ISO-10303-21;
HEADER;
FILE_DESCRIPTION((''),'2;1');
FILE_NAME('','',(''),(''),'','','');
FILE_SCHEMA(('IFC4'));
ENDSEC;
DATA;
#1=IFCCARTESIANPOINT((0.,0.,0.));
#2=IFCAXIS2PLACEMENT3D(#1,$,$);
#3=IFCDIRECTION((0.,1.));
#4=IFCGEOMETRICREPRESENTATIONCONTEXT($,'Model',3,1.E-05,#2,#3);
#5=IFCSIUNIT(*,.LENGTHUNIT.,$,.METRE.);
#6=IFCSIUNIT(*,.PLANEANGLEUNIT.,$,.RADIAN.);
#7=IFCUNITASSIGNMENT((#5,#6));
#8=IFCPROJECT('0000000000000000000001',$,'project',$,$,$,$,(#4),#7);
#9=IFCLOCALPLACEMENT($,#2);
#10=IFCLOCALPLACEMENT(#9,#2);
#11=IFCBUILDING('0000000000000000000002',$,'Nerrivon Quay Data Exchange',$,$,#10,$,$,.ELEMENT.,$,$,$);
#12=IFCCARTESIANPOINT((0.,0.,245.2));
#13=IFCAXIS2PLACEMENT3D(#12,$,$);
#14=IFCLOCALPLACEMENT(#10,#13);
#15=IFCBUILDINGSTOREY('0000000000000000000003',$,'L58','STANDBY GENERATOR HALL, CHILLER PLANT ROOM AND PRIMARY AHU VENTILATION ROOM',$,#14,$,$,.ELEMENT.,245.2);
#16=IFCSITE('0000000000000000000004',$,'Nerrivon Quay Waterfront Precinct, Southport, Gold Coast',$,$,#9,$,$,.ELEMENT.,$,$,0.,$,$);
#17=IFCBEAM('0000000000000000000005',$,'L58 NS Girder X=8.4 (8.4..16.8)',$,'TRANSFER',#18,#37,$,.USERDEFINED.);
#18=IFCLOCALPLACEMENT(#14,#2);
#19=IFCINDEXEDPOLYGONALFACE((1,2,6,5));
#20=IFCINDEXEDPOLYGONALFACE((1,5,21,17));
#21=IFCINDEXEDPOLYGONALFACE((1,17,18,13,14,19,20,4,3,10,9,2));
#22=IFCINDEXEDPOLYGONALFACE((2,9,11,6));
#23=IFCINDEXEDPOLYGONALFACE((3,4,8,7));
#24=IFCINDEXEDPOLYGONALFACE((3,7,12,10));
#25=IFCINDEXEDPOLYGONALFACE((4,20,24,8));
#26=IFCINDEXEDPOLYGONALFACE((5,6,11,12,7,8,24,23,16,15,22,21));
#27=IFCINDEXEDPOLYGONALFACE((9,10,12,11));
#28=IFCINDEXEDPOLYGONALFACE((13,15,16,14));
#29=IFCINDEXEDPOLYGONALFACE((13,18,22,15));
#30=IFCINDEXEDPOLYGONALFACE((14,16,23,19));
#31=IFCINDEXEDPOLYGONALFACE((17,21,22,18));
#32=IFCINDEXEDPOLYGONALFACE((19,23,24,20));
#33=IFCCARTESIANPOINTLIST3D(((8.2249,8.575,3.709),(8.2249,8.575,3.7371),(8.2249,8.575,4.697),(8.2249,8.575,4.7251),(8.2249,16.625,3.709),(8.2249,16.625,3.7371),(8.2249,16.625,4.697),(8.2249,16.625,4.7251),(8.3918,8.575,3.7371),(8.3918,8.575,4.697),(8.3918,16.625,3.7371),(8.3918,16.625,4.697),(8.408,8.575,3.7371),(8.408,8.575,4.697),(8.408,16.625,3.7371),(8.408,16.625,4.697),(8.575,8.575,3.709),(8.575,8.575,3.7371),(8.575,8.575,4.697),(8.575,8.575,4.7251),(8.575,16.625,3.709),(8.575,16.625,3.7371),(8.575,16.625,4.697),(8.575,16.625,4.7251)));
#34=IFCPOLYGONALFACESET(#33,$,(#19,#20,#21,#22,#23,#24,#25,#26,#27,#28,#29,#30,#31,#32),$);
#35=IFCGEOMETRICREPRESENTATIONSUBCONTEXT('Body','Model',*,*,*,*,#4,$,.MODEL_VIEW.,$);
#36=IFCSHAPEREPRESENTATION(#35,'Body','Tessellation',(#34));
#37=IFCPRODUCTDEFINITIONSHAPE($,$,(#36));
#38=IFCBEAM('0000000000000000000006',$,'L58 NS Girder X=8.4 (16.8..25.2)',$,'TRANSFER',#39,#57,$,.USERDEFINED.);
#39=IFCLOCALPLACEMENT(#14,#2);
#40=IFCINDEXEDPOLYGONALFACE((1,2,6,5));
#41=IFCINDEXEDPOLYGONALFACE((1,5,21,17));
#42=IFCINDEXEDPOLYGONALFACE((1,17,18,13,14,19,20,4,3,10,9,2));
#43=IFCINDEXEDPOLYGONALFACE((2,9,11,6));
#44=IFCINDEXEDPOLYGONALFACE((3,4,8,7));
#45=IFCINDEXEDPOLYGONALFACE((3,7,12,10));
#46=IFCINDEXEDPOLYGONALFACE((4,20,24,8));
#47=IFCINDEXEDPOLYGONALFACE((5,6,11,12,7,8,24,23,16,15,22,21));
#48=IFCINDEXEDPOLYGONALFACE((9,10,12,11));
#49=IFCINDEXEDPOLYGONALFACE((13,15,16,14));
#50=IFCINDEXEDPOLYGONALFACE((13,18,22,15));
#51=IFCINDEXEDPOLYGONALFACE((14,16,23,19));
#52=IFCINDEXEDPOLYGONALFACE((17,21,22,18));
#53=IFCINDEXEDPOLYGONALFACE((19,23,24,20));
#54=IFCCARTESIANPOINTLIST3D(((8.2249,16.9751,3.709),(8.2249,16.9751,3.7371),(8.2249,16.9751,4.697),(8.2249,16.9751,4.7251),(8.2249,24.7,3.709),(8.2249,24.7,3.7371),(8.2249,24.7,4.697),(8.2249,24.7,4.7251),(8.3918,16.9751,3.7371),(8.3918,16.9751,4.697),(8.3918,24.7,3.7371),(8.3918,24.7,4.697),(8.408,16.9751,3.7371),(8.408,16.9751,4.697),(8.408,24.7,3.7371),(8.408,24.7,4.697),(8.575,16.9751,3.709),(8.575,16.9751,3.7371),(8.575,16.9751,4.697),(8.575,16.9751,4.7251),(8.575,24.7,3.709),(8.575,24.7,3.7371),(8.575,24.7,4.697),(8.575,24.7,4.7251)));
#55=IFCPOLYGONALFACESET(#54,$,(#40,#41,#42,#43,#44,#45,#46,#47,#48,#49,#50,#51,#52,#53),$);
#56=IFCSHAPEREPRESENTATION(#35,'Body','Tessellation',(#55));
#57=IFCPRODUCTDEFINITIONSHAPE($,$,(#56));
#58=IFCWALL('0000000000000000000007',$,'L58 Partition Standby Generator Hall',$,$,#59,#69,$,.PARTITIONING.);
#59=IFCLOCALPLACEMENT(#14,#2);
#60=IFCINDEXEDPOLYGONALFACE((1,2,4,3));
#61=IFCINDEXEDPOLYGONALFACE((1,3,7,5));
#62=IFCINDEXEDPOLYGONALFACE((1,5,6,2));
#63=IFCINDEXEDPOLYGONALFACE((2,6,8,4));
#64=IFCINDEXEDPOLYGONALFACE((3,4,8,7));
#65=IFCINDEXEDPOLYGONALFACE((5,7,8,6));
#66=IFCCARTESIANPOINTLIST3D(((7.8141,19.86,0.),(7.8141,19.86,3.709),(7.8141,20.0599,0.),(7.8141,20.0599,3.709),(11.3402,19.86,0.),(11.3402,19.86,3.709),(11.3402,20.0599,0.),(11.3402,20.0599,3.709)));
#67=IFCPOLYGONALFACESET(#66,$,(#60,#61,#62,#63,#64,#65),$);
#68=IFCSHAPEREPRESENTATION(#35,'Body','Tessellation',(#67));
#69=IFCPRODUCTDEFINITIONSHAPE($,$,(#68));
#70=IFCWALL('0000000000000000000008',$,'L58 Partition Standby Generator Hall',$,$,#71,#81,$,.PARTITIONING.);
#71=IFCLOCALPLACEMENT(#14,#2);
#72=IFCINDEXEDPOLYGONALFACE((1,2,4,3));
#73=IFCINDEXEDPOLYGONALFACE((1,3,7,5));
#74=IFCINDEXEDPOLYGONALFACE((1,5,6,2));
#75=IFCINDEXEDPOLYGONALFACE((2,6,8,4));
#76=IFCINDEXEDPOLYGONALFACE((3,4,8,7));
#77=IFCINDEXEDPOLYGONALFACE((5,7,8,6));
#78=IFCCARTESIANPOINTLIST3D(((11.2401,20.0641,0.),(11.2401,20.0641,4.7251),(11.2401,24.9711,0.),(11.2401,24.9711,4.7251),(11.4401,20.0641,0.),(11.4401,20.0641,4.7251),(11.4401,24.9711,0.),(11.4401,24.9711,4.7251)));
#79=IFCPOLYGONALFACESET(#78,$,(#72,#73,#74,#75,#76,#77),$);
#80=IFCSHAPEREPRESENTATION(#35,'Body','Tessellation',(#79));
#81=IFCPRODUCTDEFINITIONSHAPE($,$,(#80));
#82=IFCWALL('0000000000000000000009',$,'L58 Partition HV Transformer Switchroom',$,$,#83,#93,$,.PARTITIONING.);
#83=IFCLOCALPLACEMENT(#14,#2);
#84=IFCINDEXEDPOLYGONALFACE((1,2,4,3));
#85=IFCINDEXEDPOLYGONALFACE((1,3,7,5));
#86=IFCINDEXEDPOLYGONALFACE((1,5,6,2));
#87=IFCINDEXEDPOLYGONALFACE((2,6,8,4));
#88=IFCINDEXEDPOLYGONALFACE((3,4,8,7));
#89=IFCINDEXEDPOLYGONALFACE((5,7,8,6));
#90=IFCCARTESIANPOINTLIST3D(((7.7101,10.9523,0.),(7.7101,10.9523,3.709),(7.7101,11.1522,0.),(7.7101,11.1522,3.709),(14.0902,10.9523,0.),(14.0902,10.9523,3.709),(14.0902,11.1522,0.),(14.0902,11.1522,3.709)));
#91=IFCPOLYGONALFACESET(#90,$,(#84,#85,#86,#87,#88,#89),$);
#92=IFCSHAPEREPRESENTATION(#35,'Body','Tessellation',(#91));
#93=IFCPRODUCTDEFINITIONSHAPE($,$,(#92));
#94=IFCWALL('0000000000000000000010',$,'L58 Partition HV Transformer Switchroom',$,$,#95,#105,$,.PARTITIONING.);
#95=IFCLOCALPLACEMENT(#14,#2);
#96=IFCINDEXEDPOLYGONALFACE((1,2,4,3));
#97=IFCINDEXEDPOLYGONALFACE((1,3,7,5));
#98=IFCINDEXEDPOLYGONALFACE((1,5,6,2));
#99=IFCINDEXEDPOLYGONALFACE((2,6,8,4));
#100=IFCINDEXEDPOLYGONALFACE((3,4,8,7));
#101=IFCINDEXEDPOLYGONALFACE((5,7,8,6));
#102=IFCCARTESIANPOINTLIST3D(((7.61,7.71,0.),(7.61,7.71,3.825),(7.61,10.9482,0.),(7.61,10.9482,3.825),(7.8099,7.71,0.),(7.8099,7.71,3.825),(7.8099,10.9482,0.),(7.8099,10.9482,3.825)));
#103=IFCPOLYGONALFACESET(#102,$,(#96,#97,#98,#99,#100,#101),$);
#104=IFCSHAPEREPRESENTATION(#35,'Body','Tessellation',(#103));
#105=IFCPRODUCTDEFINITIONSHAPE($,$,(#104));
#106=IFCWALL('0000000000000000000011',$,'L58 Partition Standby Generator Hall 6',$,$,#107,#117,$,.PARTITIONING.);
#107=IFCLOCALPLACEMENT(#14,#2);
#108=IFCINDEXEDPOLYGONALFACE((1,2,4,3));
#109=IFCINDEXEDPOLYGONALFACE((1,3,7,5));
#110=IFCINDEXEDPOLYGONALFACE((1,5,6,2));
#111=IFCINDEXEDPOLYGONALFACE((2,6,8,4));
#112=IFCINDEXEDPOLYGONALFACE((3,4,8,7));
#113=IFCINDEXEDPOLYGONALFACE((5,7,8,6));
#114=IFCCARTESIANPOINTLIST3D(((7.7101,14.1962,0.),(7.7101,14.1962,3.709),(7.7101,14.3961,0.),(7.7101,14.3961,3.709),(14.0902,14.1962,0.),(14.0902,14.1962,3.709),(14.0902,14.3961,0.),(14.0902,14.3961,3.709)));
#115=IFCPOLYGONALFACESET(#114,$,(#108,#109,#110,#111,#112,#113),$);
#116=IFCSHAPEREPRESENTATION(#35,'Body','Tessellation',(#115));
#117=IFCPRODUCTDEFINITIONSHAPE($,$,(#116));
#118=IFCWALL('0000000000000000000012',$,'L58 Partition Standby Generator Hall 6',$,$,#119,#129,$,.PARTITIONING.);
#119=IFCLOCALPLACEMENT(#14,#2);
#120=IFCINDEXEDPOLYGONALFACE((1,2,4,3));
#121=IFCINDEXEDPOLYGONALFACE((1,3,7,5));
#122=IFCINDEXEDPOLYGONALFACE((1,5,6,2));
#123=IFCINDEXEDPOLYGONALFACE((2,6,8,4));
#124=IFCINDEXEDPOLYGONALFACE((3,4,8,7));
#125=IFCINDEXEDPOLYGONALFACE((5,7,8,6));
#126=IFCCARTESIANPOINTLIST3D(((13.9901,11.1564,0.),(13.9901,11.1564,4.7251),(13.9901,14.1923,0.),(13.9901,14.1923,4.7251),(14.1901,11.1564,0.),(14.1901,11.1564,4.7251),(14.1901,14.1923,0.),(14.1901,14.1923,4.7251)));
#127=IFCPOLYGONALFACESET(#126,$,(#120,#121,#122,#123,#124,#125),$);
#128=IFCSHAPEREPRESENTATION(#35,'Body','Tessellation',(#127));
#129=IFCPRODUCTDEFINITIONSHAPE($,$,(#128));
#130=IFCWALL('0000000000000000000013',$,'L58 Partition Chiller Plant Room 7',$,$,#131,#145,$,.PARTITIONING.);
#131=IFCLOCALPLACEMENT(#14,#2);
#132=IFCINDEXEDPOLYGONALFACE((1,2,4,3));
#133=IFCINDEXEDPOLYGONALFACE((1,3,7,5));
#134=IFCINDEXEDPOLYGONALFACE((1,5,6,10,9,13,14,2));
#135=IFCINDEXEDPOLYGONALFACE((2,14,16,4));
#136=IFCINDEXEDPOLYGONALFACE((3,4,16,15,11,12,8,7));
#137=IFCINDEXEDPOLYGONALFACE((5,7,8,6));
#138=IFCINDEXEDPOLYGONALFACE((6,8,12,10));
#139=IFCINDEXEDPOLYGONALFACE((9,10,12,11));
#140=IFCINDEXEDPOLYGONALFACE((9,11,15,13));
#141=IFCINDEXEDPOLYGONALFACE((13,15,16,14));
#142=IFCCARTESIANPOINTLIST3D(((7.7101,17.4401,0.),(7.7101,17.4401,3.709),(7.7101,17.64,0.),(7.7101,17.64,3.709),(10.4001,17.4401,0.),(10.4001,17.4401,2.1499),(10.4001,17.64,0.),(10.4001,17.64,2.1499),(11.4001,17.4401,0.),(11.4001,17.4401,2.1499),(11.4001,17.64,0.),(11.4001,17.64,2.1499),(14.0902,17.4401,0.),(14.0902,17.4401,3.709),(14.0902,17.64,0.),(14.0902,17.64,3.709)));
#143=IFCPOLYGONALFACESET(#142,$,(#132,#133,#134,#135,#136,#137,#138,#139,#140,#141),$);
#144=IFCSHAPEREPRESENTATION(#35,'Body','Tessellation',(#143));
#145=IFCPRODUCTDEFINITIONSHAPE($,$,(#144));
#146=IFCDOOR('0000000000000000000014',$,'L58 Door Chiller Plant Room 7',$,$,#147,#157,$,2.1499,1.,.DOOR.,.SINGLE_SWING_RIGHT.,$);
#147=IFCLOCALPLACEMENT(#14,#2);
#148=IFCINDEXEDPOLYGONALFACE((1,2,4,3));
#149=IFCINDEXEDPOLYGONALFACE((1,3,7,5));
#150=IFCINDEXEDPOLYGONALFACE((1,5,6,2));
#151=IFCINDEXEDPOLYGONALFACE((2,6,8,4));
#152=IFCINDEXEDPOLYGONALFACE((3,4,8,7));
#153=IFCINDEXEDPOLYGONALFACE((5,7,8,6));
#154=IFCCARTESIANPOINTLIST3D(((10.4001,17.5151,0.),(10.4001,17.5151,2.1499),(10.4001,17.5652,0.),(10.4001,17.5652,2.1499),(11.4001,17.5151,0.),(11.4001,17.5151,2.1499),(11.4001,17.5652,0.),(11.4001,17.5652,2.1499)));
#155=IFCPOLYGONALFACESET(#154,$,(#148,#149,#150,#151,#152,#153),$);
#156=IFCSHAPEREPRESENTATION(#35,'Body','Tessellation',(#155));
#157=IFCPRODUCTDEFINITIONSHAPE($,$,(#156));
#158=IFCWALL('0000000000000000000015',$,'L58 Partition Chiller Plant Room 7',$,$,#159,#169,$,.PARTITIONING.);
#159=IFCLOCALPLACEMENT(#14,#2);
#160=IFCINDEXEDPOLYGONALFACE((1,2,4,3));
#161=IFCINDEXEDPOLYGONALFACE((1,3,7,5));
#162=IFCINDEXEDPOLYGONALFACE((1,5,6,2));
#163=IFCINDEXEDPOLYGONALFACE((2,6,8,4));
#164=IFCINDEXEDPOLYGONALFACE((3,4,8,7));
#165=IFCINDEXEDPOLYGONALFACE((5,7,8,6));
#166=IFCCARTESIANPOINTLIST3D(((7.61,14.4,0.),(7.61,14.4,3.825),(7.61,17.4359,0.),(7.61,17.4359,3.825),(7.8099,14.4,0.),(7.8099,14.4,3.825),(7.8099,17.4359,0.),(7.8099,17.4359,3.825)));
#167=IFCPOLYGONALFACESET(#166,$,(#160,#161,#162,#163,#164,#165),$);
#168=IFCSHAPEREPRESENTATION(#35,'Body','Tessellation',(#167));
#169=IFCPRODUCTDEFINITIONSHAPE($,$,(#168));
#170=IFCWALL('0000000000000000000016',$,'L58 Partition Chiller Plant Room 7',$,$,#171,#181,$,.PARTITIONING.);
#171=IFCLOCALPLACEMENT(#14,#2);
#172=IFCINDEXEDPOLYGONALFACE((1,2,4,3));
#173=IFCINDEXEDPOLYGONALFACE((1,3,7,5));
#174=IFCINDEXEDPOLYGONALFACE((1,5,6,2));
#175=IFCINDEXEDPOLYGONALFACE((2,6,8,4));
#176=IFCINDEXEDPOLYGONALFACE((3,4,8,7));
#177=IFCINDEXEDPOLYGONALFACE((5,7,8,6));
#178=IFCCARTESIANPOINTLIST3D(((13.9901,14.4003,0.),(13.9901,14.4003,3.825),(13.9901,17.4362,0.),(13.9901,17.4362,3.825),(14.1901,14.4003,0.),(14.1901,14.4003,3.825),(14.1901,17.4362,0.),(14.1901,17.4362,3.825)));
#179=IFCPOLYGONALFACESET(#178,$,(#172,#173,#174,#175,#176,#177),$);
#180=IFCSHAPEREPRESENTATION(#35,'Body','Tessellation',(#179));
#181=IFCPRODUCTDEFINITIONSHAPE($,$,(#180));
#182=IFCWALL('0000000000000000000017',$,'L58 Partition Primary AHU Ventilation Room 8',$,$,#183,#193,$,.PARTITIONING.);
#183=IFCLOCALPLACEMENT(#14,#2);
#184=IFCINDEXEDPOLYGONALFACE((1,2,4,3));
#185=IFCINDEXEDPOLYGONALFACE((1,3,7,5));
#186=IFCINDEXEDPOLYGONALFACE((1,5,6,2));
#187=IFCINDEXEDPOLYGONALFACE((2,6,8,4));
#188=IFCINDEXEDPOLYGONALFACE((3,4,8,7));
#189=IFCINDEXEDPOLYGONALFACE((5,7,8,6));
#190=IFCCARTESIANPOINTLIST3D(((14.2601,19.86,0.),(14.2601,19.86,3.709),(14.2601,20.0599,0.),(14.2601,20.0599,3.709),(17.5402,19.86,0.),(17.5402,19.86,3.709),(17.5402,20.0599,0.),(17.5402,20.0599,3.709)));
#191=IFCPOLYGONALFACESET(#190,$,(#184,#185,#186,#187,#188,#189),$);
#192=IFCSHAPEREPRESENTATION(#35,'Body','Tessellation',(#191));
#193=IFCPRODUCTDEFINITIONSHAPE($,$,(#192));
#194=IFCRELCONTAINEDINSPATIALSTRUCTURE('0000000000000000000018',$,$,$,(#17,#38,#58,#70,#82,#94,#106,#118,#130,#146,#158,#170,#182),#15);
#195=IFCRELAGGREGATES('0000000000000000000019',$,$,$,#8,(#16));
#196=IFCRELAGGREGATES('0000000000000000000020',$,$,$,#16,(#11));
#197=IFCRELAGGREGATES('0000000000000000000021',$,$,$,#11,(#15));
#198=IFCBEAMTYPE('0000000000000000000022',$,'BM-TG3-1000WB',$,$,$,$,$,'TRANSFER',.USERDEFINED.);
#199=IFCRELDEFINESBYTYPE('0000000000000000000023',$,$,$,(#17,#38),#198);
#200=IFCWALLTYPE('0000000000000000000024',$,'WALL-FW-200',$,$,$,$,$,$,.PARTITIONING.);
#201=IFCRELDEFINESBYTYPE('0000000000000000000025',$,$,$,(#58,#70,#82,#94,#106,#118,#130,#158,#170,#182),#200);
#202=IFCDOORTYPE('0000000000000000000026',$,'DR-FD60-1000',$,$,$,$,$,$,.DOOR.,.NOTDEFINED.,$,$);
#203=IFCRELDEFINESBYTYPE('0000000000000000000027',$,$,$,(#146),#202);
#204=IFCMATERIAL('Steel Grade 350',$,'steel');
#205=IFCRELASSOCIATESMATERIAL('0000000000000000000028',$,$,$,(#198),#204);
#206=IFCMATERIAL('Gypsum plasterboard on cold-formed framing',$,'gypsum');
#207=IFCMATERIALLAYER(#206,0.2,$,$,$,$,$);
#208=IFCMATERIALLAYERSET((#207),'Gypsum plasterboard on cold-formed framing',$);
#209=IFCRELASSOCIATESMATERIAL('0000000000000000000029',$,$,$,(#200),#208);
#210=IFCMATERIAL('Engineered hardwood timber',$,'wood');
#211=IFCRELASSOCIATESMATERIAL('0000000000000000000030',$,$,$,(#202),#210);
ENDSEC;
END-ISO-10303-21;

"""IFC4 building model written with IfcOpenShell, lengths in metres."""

from ifc_helpers import new_model, si_unit, direction, frame, frame_2d, origin, origin_2d, place, context, subcontext, project, spatial, rectangle, i_section, extrude, material, layer, layer_set, material_profile, profile_set, type_object, element, fill, save


model = new_model("IFC4")

# Units and contexts
model_context = context("Model", 3, precision=1e-05, world=origin(), true_north=direction((0.0, 1.0)))
body_context = subcontext(model_context, "Body", "Model", "MODEL_VIEW")
ifc_project = project(units=[si_unit("LENGTHUNIT", "METRE"), si_unit("PLANEANGLEUNIT", "RADIAN")], contexts=[model_context])

# Site, building, storey
site_placement = place(None, origin())
site = spatial("IfcSite", under=ifc_project, at=site_placement, Name="Nerrivon Quay Waterfront Precinct, Southport, Gold Coast", CompositionType="ELEMENT", RefElevation=0.0)
building_placement = place(site_placement, origin())
building = spatial("IfcBuilding", under=site, at=building_placement, Name="Nerrivon Quay Data Exchange", CompositionType="ELEMENT")
storey_placement = place(building_placement, frame((0.0, 0.0, 245.2)))
storey = spatial("IfcBuildingStorey", under=building, at=storey_placement, Name="L58", Description="STANDBY GENERATOR HALL, CHILLER PLANT ROOM AND PRIMARY AHU VENTILATION ROOM", CompositionType="ELEMENT", Elevation=245.2)

# Shared definitions
ifc_material_1 = material(Name="Steel Grade 350", Category="steel")

# Beams
ifc_material_profile_1 = material_profile(ifc_material_1, i_section(OverallWidth=0.3501, OverallDepth=1.0161, WebThickness=0.0161, FlangeThickness=0.0281, at=origin_2d()), Name="1000WB258")
ifc_profile_set_1 = profile_set([ifc_material_profile_1], Name="Steel Grade 350")
beam_type_1 = type_object("IfcBeamType", Name="BM-TG3-1000WB", ElementType="TRANSFER", PredefinedType="USERDEFINED", material=ifc_profile_set_1)
beam_1_placement = place(storey_placement, frame((8.3999, 8.575, 4.217), z_axis=(0.0, 1.0, 0.0), x_axis=(-1.0, 0.0, 0.0)))
element("IfcBeam", 1, at=beam_1_placement, inside=storey, type_object=beam_type_1, Name="L58 NS Girder X=8.4 (8.4..16.8)", ObjectType="TRANSFER", PredefinedType="USERDEFINED", context=body_context, shape_type="SweptSolid", body=[
    extrude(i_section(OverallWidth=0.3501, OverallDepth=1.0161, WebThickness=0.0161, FlangeThickness=0.0281, at=origin_2d()), origin(), (0.0, 0.0, 1.0), 8.05),
])
beam_2_placement = place(storey_placement, frame((8.3999, 16.9751, 4.217), z_axis=(0.0, 1.0, 0.0), x_axis=(-1.0, 0.0, 0.0)))
element("IfcBeam", 2, at=beam_2_placement, inside=storey, type_object=beam_type_1, Name="L58 NS Girder X=8.4 (16.8..25.2)", ObjectType="TRANSFER", PredefinedType="USERDEFINED", context=body_context, shape_type="SweptSolid", body=[
    extrude(i_section(OverallWidth=0.3501, OverallDepth=1.0161, WebThickness=0.0161, FlangeThickness=0.0281, at=origin_2d()), origin(), (0.0, 0.0, 1.0), 7.7249),
])

# Walls
ifc_material_2 = material(Name="Gypsum plasterboard on cold-formed framing", Category="gypsum")
ifc_layer = layer(ifc_material_2, 0.2)
ifc_layer_set = layer_set([ifc_layer], Name="Gypsum plasterboard on cold-formed framing")
wall_type = type_object("IfcWallType", Name="WALL-FW-200", PredefinedType="PARTITIONING", material=ifc_layer_set)
wall_1_placement = place(storey_placement, frame((7.814, 19.96, 0.0), z_axis=(0.0, 0.0, 1.0), x_axis=(1.0, 0.0, 0.0)))
element("IfcWall", 3, at=wall_1_placement, inside=storey, type_object=wall_type, Name="L58 Partition Standby Generator Hall", PredefinedType="PARTITIONING", context=body_context, shape_type="SweptSolid", body=[
    extrude(rectangle(XDim=3.5261, YDim=0.2, at=frame_2d((1.7632, 0.0))), origin(), (0.0, 0.0, 1.0), 3.709),
])
wall_2_placement = place(storey_placement, frame((11.3401, 20.064, 0.0), z_axis=(0.0, 0.0, 1.0), x_axis=(0.0, 1.0, 0.0)))
element("IfcWall", 4, at=wall_2_placement, inside=storey, type_object=wall_type, Name="L58 Partition Standby Generator Hall", PredefinedType="PARTITIONING", context=body_context, shape_type="SweptSolid", body=[
    extrude(rectangle(XDim=4.907, YDim=0.2, at=frame_2d((2.4536, 0.0))), origin(), (0.0, 0.0, 1.0), 4.7251),
])
wall_3_placement = place(storey_placement, frame((14.0901, 11.0522, 0.0), z_axis=(0.0, 0.0, 1.0), x_axis=(-1.0, 0.0, 0.0)))
element("IfcWall", 5, at=wall_3_placement, inside=storey, type_object=wall_type, Name="L58 Partition HV Transformer Switchroom", PredefinedType="PARTITIONING", context=body_context, shape_type="SweptSolid", body=[
    extrude(rectangle(XDim=6.3801, YDim=0.2, at=frame_2d((3.1899, 0.0))), origin(), (0.0, 0.0, 1.0), 3.709),
])
wall_4_placement = place(storey_placement, frame((7.71, 10.9482, 0.0), z_axis=(0.0, 0.0, 1.0), x_axis=(0.0, -1.0, 0.0)))
element("IfcWall", 6, at=wall_4_placement, inside=storey, type_object=wall_type, Name="L58 Partition HV Transformer Switchroom", PredefinedType="PARTITIONING", context=body_context, shape_type="SweptSolid", body=[
    extrude(rectangle(XDim=3.2383, YDim=0.2, at=frame_2d((1.6191, 0.0))), origin(), (0.0, 0.0, 1.0), 3.825),
])
wall_5_placement = place(storey_placement, frame((14.0901, 14.2961, 0.0), z_axis=(0.0, 0.0, 1.0), x_axis=(-1.0, 0.0, 0.0)))
element("IfcWall", 7, at=wall_5_placement, inside=storey, type_object=wall_type, Name="L58 Partition Standby Generator Hall 6", PredefinedType="PARTITIONING", context=body_context, shape_type="SweptSolid", body=[
    extrude(rectangle(XDim=6.3801, YDim=0.2, at=frame_2d((3.1899, 0.0))), origin(), (0.0, 0.0, 1.0), 3.709),
])

# Shared definitions
ifc_material_3 = material(Name="Engineered hardwood timber", Category="wood")
door_type = type_object("IfcDoorType", Name="DR-FD60-1000", OperationType="NOTDEFINED", PredefinedType="DOOR", material=ifc_material_3)

# Wall
wall_6_placement = place(storey_placement, frame((14.0901, 11.1562, 0.0), z_axis=(0.0, 0.0, 1.0), x_axis=(0.0, 1.0, 0.0)))
element("IfcWall", 8, at=wall_6_placement, inside=storey, type_object=wall_type, Name="L58 Partition Standby Generator Hall 6", PredefinedType="PARTITIONING", context=body_context, shape_type="SweptSolid", body=[
    extrude(rectangle(XDim=3.0359, YDim=0.2, at=frame_2d((1.5181, 0.0))), origin(), (0.0, 0.0, 1.0), 4.7251),
])

# Wall, opening, door
wall_7_placement = place(storey_placement, frame((14.0901, 17.54, 0.0), z_axis=(0.0, 0.0, 1.0), x_axis=(-1.0, 0.0, 0.0)))
wall_7 = element("IfcWall", 9, at=wall_7_placement, inside=storey, type_object=wall_type, Name="L58 Partition Chiller Plant Room 7", PredefinedType="PARTITIONING", context=body_context, shape_type="SweptSolid", body=[
    extrude(rectangle(XDim=6.3801, YDim=0.2, at=frame_2d((3.1899, 0.0))), origin(), (0.0, 0.0, 1.0), 3.709),
])
opening_1_placement = place(wall_7_placement, frame((2.6899, 0.0, 0.0)))
opening_1 = element("IfcOpeningElement", 10, at=opening_1_placement, cuts=wall_7, PredefinedType="OPENING", context=body_context, shape_type="SweptSolid", body=[
    extrude(rectangle(XDim=1.0, YDim=2.1499, at=frame_2d((0.5, 1.075))), frame((0.0, 0.1099, 0.0), z_axis=(0.0, -1.0, 0.0), x_axis=(1.0, 0.0, 0.0)), (0.0, 0.0, 1.0), 0.22),
])
door_1_placement = place(opening_1_placement, origin())
door_1 = element("IfcDoor", 11, at=door_1_placement, inside=storey, type_object=door_type, Name="L58 Door Chiller Plant Room 7", OperationType="SINGLE_SWING_RIGHT", OverallHeight=2.1499, OverallWidth=1.0, PredefinedType="DOOR", context=body_context, shape_type="SweptSolid", body=[
    extrude(rectangle(XDim=1.0, YDim=2.1499, at=frame_2d((0.5, 1.075))), frame((0.0, 0.0249, 0.0), z_axis=(0.0, -1.0, 0.0), x_axis=(1.0, 0.0, 0.0)), (0.0, 0.0, 1.0), 0.05),
])
fill(opening_1, door_1)

# Walls
for number, where, z_axis, x_axis, name in (
    (12, (7.71, 17.436, 0.0), (0.0, 0.0, 1.0), (0.0, -1.0, 0.0), "L58 Partition Chiller Plant Room 7"),
    (13, (14.0901, 14.4001, 0.0), (0.0, 0.0, 1.0), (0.0, 1.0, 0.0), "L58 Partition Chiller Plant Room 7"),
):
    element("IfcWall", number, at=place(storey_placement, frame(where, z_axis=z_axis, x_axis=x_axis)), inside=storey, type_object=wall_type, Name=name, PredefinedType="PARTITIONING", context=body_context, shape_type="SweptSolid", body=[
        extrude(rectangle(XDim=3.0359, YDim=0.2, at=frame_2d((1.5181, 0.0))), origin(), (0.0, 0.0, 1.0), 3.825),
    ])
wall_8_placement = place(storey_placement, frame((14.26, 19.96, 0.0), z_axis=(0.0, 0.0, 1.0), x_axis=(1.0, 0.0, 0.0)))
element("IfcWall", 14, at=wall_8_placement, inside=storey, type_object=wall_type, Name="L58 Partition Primary AHU Ventilation Room 8", PredefinedType="PARTITIONING", context=body_context, shape_type="SweptSolid", body=[
    extrude(rectangle(XDim=3.28, YDim=0.2, at=frame_2d((1.6401, 0.0))), origin(), (0.0, 0.0, 1.0), 3.709),
])

save(model, "model.ifc")
